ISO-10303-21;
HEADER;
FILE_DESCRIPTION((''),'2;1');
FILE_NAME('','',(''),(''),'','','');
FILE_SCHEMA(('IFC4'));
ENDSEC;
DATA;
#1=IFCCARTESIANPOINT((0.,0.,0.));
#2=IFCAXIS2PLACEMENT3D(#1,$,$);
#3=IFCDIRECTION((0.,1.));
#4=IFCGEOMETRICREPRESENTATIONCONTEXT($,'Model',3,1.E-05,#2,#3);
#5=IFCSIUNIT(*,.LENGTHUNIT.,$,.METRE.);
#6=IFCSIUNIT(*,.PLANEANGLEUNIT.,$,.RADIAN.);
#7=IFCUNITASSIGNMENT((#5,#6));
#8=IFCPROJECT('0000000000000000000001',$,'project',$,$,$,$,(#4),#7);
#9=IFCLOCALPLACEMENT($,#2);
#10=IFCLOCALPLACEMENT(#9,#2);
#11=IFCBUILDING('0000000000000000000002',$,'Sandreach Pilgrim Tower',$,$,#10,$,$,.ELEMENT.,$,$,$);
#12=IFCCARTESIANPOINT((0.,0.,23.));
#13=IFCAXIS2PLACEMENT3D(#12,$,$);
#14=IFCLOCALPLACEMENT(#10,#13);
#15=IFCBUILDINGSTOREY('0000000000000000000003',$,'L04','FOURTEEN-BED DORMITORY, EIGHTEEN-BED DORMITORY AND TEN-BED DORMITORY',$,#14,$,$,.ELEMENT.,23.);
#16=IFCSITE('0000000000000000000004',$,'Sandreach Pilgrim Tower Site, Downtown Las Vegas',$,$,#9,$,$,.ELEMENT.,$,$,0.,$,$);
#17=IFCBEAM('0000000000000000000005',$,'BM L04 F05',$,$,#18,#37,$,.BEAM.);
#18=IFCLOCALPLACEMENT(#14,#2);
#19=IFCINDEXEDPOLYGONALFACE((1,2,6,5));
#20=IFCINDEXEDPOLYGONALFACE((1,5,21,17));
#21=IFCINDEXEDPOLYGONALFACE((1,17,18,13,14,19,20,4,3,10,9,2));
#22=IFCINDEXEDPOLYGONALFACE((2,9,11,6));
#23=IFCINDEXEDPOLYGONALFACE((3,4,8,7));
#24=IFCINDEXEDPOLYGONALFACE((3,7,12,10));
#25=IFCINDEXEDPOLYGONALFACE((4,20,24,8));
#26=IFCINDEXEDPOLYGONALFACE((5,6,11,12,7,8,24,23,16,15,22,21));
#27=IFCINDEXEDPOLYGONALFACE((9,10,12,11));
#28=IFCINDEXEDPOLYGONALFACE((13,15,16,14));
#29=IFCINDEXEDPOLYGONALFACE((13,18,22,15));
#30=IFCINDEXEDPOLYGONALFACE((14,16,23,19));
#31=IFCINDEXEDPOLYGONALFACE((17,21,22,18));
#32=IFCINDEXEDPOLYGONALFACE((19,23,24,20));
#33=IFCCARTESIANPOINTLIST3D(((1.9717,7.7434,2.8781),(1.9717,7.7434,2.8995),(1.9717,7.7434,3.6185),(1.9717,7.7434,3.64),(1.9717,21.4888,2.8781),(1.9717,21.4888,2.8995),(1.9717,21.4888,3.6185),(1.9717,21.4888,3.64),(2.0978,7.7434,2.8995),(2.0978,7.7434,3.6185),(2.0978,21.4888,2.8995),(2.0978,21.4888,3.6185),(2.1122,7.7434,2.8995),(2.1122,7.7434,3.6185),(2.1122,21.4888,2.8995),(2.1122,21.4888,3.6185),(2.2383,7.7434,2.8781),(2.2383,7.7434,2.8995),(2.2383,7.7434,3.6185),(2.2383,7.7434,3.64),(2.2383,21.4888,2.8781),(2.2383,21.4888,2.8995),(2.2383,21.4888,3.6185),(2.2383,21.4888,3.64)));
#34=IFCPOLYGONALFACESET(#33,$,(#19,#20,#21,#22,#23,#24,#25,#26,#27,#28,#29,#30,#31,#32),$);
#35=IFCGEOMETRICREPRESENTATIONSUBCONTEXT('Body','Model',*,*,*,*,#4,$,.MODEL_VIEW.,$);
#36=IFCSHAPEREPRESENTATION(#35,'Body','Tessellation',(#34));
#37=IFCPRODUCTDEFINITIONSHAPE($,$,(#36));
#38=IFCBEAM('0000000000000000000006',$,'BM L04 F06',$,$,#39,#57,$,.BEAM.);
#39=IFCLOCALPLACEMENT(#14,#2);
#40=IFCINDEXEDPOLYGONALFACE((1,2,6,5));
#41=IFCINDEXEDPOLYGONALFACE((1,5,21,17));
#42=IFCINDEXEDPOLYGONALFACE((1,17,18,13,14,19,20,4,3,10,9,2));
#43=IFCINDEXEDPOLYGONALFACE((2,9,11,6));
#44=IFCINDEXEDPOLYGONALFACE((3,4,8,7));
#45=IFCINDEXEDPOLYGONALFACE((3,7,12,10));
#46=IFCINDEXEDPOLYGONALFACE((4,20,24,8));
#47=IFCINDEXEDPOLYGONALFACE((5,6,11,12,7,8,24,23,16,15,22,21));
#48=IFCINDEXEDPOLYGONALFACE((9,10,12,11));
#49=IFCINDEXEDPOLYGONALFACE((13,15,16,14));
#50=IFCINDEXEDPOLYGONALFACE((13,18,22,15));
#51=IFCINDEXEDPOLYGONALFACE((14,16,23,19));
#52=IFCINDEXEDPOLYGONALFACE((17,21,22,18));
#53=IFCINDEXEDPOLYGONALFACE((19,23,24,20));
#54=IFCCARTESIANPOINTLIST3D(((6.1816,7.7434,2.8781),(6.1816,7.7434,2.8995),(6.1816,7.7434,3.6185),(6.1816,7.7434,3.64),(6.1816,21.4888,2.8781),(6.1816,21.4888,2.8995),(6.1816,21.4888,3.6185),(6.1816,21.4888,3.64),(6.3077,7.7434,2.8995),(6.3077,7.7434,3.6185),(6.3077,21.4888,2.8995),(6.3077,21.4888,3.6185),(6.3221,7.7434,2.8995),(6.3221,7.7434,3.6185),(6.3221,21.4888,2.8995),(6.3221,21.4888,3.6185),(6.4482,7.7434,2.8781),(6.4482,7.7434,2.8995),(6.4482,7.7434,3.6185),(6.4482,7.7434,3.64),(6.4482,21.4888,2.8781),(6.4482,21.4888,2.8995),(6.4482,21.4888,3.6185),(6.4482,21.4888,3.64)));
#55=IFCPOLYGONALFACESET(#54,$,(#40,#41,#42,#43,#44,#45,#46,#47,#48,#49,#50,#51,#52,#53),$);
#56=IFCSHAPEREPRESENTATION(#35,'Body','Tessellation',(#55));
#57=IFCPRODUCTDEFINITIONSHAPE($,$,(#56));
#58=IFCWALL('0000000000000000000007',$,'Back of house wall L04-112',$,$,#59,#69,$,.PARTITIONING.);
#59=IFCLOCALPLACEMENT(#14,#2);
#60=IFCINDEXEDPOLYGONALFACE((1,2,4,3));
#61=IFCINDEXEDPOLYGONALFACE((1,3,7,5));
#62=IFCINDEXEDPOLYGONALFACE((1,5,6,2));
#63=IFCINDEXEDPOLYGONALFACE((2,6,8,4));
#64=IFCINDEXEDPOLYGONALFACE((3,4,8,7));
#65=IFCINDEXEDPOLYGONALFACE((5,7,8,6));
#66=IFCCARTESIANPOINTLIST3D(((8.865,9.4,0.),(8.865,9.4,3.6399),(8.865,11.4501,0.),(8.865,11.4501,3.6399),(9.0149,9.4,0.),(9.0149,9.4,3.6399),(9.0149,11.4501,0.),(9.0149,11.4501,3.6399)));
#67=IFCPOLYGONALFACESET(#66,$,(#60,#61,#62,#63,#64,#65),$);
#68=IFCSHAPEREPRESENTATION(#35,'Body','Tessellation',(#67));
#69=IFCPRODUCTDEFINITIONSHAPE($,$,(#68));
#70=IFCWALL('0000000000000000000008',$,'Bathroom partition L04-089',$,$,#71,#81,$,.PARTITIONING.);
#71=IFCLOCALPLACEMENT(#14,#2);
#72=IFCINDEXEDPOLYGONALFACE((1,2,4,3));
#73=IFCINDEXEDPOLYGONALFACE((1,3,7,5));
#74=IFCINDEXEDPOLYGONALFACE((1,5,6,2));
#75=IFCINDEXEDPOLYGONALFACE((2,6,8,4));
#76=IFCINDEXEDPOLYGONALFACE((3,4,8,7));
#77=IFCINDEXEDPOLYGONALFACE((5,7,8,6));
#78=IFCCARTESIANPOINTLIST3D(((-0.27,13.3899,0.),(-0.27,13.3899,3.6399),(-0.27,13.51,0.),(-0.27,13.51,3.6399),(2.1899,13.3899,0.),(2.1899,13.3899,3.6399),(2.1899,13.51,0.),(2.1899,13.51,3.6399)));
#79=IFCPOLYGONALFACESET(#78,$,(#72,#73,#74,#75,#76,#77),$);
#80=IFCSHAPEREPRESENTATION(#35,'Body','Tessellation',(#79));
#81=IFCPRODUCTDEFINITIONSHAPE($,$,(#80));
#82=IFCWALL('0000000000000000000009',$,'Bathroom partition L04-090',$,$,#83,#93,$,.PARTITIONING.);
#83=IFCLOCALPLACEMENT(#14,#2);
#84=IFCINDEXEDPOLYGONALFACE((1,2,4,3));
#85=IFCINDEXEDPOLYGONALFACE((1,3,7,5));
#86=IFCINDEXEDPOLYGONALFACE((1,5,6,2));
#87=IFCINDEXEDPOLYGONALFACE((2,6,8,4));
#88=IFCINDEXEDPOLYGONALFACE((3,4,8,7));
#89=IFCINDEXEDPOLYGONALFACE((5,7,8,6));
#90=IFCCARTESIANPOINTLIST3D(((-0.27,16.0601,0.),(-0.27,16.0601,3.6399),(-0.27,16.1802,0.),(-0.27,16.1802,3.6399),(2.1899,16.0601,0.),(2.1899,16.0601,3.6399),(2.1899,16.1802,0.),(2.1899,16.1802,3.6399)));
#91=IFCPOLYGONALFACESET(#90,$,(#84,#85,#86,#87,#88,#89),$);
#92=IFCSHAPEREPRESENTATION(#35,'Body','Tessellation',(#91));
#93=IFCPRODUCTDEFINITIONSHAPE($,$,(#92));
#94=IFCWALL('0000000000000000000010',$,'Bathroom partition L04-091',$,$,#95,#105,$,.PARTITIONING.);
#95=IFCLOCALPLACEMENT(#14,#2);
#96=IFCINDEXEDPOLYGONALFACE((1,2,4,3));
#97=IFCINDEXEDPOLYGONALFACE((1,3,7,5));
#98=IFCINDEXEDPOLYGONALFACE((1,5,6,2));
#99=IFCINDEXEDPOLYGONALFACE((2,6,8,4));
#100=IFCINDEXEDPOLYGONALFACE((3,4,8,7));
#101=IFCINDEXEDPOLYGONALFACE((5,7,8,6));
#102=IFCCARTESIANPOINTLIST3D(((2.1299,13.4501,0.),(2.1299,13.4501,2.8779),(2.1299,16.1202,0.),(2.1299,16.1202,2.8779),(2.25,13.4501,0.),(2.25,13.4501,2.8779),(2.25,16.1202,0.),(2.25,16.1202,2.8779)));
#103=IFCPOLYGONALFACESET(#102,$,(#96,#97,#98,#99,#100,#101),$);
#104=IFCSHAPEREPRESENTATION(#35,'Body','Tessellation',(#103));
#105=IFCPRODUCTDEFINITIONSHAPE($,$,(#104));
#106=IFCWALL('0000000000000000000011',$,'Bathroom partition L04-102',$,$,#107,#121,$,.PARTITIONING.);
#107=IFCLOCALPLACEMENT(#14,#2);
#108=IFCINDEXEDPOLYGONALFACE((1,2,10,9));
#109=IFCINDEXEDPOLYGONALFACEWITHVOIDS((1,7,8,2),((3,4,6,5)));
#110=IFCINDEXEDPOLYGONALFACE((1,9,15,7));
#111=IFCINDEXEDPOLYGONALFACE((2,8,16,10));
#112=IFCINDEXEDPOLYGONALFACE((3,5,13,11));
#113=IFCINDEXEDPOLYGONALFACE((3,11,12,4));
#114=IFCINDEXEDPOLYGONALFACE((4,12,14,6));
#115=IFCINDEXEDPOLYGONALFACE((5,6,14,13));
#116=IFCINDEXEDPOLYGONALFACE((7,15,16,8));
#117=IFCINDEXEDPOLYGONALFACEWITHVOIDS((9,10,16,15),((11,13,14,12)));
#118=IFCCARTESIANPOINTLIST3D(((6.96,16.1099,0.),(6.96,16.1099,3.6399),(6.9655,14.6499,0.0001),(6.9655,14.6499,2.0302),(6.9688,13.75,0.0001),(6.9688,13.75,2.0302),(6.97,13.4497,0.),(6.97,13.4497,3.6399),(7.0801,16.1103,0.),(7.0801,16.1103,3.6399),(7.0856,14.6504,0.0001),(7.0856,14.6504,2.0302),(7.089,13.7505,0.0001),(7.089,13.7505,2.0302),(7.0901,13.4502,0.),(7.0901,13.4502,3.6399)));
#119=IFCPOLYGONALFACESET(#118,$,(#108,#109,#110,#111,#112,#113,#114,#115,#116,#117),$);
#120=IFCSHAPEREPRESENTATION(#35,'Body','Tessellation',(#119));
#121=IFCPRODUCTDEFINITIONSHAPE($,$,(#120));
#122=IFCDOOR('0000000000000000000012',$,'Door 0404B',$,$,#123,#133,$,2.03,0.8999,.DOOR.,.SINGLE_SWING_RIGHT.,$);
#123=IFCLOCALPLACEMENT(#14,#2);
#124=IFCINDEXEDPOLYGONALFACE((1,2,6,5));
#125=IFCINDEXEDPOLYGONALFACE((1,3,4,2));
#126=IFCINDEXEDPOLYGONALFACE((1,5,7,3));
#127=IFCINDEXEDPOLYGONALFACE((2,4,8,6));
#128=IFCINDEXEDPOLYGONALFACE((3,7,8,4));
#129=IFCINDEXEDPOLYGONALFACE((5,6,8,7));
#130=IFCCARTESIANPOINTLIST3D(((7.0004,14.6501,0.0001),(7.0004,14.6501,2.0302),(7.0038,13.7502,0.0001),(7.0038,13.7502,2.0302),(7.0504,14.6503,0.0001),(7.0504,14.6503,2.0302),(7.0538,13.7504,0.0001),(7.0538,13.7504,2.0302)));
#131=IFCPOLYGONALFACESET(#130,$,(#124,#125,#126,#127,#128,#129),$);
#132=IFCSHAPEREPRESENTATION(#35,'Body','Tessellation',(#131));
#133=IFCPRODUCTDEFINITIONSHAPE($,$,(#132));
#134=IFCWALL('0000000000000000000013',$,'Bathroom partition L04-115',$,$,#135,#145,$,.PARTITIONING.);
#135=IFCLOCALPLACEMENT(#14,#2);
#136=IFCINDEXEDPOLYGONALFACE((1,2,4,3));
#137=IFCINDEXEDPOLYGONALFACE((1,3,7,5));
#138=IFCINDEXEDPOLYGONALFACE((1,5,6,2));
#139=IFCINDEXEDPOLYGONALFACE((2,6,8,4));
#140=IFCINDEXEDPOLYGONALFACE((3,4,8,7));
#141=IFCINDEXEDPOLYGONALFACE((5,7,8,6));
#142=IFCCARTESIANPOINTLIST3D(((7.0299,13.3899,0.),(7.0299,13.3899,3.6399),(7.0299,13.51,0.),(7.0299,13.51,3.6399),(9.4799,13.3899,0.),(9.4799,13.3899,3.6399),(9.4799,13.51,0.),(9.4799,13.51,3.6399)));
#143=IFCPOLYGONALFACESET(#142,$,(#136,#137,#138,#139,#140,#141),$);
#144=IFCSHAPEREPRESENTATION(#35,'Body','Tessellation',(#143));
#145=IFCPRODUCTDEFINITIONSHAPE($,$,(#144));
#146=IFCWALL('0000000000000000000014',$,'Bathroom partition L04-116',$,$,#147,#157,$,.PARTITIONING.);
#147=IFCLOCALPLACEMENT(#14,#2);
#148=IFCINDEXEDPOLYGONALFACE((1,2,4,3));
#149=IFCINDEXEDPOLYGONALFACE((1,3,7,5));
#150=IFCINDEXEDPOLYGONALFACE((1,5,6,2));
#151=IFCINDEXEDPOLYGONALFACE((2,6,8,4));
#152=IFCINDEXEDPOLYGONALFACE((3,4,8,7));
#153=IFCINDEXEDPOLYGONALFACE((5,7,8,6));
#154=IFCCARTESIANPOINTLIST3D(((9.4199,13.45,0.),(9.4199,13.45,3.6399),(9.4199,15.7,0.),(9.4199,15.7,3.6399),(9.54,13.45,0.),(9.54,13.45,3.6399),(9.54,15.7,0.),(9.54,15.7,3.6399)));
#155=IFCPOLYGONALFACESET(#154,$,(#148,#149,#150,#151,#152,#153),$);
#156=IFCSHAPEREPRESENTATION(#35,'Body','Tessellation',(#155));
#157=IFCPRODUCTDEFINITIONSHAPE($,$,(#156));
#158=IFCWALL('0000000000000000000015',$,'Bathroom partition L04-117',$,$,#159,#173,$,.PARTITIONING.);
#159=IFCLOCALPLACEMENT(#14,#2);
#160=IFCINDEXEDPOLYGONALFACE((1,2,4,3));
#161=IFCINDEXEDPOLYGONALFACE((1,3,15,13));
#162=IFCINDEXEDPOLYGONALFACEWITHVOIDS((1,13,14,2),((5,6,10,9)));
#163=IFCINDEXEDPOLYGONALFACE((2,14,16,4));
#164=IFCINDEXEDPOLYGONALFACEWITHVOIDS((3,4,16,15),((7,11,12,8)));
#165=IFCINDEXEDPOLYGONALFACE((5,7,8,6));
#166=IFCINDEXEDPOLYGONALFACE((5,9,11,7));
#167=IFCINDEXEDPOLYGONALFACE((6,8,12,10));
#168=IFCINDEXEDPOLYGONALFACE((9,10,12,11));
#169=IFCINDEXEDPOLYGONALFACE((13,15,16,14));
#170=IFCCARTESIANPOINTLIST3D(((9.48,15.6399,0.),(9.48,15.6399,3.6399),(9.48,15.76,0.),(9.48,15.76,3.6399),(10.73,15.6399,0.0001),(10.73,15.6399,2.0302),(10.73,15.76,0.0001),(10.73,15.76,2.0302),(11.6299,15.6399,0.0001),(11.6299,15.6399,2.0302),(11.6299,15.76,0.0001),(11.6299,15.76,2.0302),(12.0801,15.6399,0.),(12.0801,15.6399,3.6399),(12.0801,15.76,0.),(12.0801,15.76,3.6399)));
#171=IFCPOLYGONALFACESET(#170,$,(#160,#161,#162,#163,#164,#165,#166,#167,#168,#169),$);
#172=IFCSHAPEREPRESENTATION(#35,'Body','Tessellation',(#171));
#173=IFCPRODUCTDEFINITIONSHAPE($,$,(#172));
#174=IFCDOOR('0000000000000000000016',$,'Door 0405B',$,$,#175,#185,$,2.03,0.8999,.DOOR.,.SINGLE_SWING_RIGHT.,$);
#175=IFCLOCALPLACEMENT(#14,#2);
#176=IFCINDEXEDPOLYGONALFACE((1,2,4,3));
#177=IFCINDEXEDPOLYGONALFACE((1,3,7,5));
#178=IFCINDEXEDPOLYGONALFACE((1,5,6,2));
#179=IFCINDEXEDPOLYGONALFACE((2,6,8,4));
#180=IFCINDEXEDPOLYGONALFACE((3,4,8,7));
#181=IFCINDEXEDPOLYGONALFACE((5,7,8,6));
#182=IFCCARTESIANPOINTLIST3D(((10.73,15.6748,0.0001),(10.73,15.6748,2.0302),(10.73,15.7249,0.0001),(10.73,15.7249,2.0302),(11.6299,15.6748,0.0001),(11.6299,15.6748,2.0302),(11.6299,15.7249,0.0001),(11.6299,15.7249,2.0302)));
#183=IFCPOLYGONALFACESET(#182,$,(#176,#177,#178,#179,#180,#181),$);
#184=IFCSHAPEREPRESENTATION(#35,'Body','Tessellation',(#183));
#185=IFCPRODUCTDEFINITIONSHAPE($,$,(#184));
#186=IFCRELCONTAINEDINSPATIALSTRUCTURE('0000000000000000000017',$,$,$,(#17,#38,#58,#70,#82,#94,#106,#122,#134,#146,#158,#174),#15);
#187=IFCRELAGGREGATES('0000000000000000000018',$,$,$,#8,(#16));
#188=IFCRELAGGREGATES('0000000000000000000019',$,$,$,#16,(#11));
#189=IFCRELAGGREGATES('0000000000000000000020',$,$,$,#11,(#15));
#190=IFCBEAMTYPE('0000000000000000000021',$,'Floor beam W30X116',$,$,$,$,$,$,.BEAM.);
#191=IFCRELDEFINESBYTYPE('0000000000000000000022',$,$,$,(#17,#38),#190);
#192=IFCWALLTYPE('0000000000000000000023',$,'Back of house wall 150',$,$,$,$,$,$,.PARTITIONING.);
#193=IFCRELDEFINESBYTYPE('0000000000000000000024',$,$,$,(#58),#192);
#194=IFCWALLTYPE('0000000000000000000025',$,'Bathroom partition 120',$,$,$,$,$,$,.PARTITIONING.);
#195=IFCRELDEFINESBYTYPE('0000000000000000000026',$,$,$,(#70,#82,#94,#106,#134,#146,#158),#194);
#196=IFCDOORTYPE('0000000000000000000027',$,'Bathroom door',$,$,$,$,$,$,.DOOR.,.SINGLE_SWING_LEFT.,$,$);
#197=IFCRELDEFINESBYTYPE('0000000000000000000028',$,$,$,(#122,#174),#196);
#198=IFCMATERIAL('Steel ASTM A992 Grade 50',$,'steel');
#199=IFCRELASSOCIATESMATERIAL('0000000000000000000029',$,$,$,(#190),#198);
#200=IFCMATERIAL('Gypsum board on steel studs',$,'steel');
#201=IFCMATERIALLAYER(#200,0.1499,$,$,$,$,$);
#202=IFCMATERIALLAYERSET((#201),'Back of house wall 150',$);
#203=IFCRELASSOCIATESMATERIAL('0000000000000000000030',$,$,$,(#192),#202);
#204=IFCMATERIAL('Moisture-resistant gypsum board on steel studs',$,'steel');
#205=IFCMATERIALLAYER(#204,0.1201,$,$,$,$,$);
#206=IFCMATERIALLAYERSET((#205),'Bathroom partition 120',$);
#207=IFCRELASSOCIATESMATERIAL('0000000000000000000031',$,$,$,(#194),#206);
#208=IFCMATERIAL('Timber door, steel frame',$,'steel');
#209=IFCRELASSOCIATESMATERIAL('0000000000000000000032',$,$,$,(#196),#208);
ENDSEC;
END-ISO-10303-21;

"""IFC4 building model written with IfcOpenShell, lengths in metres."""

from ifc_helpers import new_model, si_unit, direction, frame, frame_2d, origin, origin_2d, place, context, subcontext, project, spatial, rectangle, i_section, extrude, material, layer, layer_set, material_profile, profile_set, type_object, element, fill, save


model = new_model("IFC4")

# Units and contexts
model_context = context("Model", 3, precision=1e-05, world=origin(), true_north=direction((0.0, 1.0)))
body_context = subcontext(model_context, "Body", "Model", "MODEL_VIEW")
ifc_project = project(units=[si_unit("LENGTHUNIT", "METRE"), si_unit("PLANEANGLEUNIT", "RADIAN")], contexts=[model_context])

# Site, building, storey
site_placement = place(None, origin())
site = spatial("IfcSite", under=ifc_project, at=site_placement, Name="Sandreach Pilgrim Tower Site, Downtown Las Vegas", CompositionType="ELEMENT", RefElevation=0.0)
building_placement = place(site_placement, origin())
building = spatial("IfcBuilding", under=site, at=building_placement, Name="Sandreach Pilgrim Tower", CompositionType="ELEMENT")
storey_placement = place(building_placement, frame((0.0, 0.0, 23.0)))
storey = spatial("IfcBuildingStorey", under=building, at=storey_placement, Name="L04", Description="FOURTEEN-BED DORMITORY, EIGHTEEN-BED DORMITORY AND TEN-BED DORMITORY", CompositionType="ELEMENT", Elevation=23.0)

# Beams
ifc_material_1 = material(Name="Steel ASTM A992 Grade 50", Category="steel")
ifc_material_profile = material_profile(ifc_material_1, i_section(OverallWidth=0.2666, OverallDepth=0.762, WebThickness=0.0144, FlangeThickness=0.0215, at=origin_2d()), Name="W30X116")
ifc_profile_set = profile_set([ifc_material_profile], Name="Steel ASTM A992 Grade 50")
beam_type = type_object("IfcBeamType", Name="Floor beam W30X116", PredefinedType="BEAM", material=ifc_profile_set)
for number, where, z_axis, x_axis, name in (
    (1, (2.105, 21.4888, 3.259), (0.0, -1.0, 0.0), (1.0, 0.0, 0.0), "BM L04 F05"),
    (2, (6.3149, 21.4888, 3.259), (0.0, -1.0, 0.0), (1.0, 0.0, 0.0), "BM L04 F06"),
):
    element("IfcBeam", number, at=place(storey_placement, frame(where, z_axis=z_axis, x_axis=x_axis)), inside=storey, type_object=beam_type, Name=name, PredefinedType="BEAM", context=body_context, shape_type="SweptSolid", body=[
        extrude(i_section(OverallWidth=0.2666, OverallDepth=0.762, WebThickness=0.0144, FlangeThickness=0.0215, at=origin_2d()), origin(), (0.0, 0.0, 1.0), 13.7454),
    ])

# Walls
ifc_material_2 = material(Name="Gypsum board on steel studs", Category="steel")
ifc_layer_1 = layer(ifc_material_2, 0.1499)
ifc_layer_set_1 = layer_set([ifc_layer_1], Name="Back of house wall 150")
wall_type_1 = type_object("IfcWallType", Name="Back of house wall 150", PredefinedType="PARTITIONING", material=ifc_layer_set_1)
wall_1_placement = place(storey_placement, frame((8.9399, 11.45, 0.0), z_axis=(0.0, 0.0, 1.0), x_axis=(0.0, -1.0, 0.0)))
element("IfcWall", 3, at=wall_1_placement, inside=storey, type_object=wall_type_1, Name="Back of house wall L04-112", PredefinedType="PARTITIONING", context=body_context, shape_type="SweptSolid", body=[
    extrude(rectangle(XDim=2.05, YDim=0.1499, at=frame_2d((1.0249, 0.0))), origin(), (0.0, 0.0, 1.0), 3.6399),
])
ifc_material_3 = material(Name="Moisture-resistant gypsum board on steel studs", Category="steel")
ifc_layer_2 = layer(ifc_material_3, 0.1201)
ifc_layer_set_2 = layer_set([ifc_layer_2], Name="Bathroom partition 120")
wall_type_2 = type_object("IfcWallType", Name="Bathroom partition 120", PredefinedType="PARTITIONING", material=ifc_layer_set_2)
for number, where, z_axis, x_axis, name in (
    (4, (2.1899, 13.45, 0.0), (0.0, 0.0, 1.0), (-1.0, 0.0, 0.0), "Bathroom partition L04-089"),
    (5, (2.1899, 16.1201, 0.0), (0.0, 0.0, 1.0), (-1.0, 0.0, 0.0), "Bathroom partition L04-090"),
):
    element("IfcWall", number, at=place(storey_placement, frame(where, z_axis=z_axis, x_axis=x_axis)), inside=storey, type_object=wall_type_2, Name=name, PredefinedType="PARTITIONING", context=body_context, shape_type="SweptSolid", body=[
        extrude(rectangle(XDim=2.46, YDim=0.1201, at=frame_2d((1.23, 0.0))), origin(), (0.0, 0.0, 1.0), 3.6399),
    ])
wall_2_placement = place(storey_placement, frame((2.1899, 16.1201, 0.0), z_axis=(0.0, 0.0, 1.0), x_axis=(0.0, -1.0, 0.0)))
element("IfcWall", 6, at=wall_2_placement, inside=storey, type_object=wall_type_2, Name="Bathroom partition L04-091", PredefinedType="PARTITIONING", context=body_context, shape_type="SweptSolid", body=[
    extrude(rectangle(XDim=2.6702, YDim=0.1201, at=frame_2d((1.335, 0.0))), origin(), (0.0, 0.0, 1.0), 2.8779),
])

# Wall, opening, door
wall_3_placement = place(storey_placement, frame((7.02, 16.1101, 0.0), z_axis=(0.0, 0.0, 1.0), x_axis=(0.003763, -0.999993, 0.0)))
wall_3 = element("IfcWall", 7, at=wall_3_placement, inside=storey, type_object=wall_type_2, Name="Bathroom partition L04-102", PredefinedType="PARTITIONING", context=body_context, shape_type="SweptSolid", body=[
    extrude(rectangle(XDim=2.6602, YDim=0.1201, at=frame_2d((1.3301, 0.0))), origin(), (0.0, 0.0, 1.0), 3.6399),
])
opening_1_placement = place(wall_3_placement, frame((1.46, 0.0, 0.0)))
opening_1 = element("IfcOpeningElement", 8, at=opening_1_placement, cuts=wall_3, PredefinedType="OPENING", context=body_context, shape_type="SweptSolid", body=[
    extrude(rectangle(XDim=0.8999, YDim=2.03, at=frame_2d((0.45, 1.0151))), frame((0.0, 0.0601, 0.0), z_axis=(0.0, -1.0, 0.0), x_axis=(1.0, 0.0, 0.0)), (0.0, 0.0, 1.0), 0.1201),
])
ifc_material_4 = material(Name="Timber door, steel frame", Category="steel")
door_type_1 = type_object("IfcDoorType", Name="Bathroom door", OperationType="SINGLE_SWING_LEFT", PredefinedType="DOOR", material=ifc_material_4)
door_1_placement = place(opening_1_placement, origin())
door_1 = element("IfcDoor", 9, at=door_1_placement, inside=storey, type_object=door_type_1, Name="Door 0404B", OperationType="SINGLE_SWING_RIGHT", OverallHeight=2.03, OverallWidth=0.8999, PredefinedType="DOOR", context=body_context, shape_type="SweptSolid", body=[
    extrude(rectangle(XDim=0.8999, YDim=2.03, at=frame_2d((0.45, 1.0151))), frame((0.0, 0.0249, 0.0), z_axis=(0.0, -1.0, 0.0), x_axis=(1.0, 0.0, 0.0)), (0.0, 0.0, 1.0), 0.05),
])
fill(opening_1, door_1)

# Walls
wall_4_placement = place(storey_placement, frame((9.48, 13.45, 0.0), z_axis=(0.0, 0.0, 1.0), x_axis=(-1.0, 0.0, 0.0)))
element("IfcWall", 10, at=wall_4_placement, inside=storey, type_object=wall_type_2, Name="Bathroom partition L04-115", PredefinedType="PARTITIONING", context=body_context, shape_type="SweptSolid", body=[
    extrude(rectangle(XDim=2.45, YDim=0.1201, at=frame_2d((1.2251, 0.0))), origin(), (0.0, 0.0, 1.0), 3.6399),
])
wall_5_placement = place(storey_placement, frame((9.48, 15.7, 0.0), z_axis=(0.0, 0.0, 1.0), x_axis=(0.0, -1.0, 0.0)))
element("IfcWall", 11, at=wall_5_placement, inside=storey, type_object=wall_type_2, Name="Bathroom partition L04-116", PredefinedType="PARTITIONING", context=body_context, shape_type="SweptSolid", body=[
    extrude(rectangle(XDim=2.25, YDim=0.1201, at=frame_2d((1.125, 0.0))), origin(), (0.0, 0.0, 1.0), 3.6399),
])

# Wall, opening, door
wall_6_placement = place(storey_placement, frame((9.48, 15.7, 0.0), z_axis=(0.0, 0.0, 1.0), x_axis=(1.0, 0.0, 0.0)))
wall_6 = element("IfcWall", 12, at=wall_6_placement, inside=storey, type_object=wall_type_2, Name="Bathroom partition L04-117", PredefinedType="PARTITIONING", context=body_context, shape_type="SweptSolid", body=[
    extrude(rectangle(XDim=2.6001, YDim=0.1201, at=frame_2d((1.3, 0.0))), origin(), (0.0, 0.0, 1.0), 3.6399),
])
opening_2_placement = place(wall_6_placement, frame((1.25, 0.0, 0.0)))
opening_2 = element("IfcOpeningElement", 13, at=opening_2_placement, cuts=wall_6, PredefinedType="OPENING", context=body_context, shape_type="SweptSolid", body=[
    extrude(rectangle(XDim=0.8999, YDim=2.03, at=frame_2d((0.45, 1.0151))), frame((0.0, 0.0601, 0.0), z_axis=(0.0, -1.0, 0.0), x_axis=(1.0, 0.0, 0.0)), (0.0, 0.0, 1.0), 0.1201),
])
door_2_placement = place(opening_2_placement, origin())
door_2 = element("IfcDoor", 14, at=door_2_placement, inside=storey, type_object=door_type_1, Name="Door 0405B", OperationType="SINGLE_SWING_RIGHT", OverallHeight=2.03, OverallWidth=0.8999, PredefinedType="DOOR", context=body_context, shape_type="SweptSolid", body=[
    extrude(rectangle(XDim=0.8999, YDim=2.03, at=frame_2d((0.45, 1.0151))), frame((0.0, 0.0249, 0.0), z_axis=(0.0, -1.0, 0.0), x_axis=(1.0, 0.0, 0.0)), (0.0, 0.0, 1.0), 0.05),
])
fill(opening_2, door_2)

save(model, "model.ifc")
